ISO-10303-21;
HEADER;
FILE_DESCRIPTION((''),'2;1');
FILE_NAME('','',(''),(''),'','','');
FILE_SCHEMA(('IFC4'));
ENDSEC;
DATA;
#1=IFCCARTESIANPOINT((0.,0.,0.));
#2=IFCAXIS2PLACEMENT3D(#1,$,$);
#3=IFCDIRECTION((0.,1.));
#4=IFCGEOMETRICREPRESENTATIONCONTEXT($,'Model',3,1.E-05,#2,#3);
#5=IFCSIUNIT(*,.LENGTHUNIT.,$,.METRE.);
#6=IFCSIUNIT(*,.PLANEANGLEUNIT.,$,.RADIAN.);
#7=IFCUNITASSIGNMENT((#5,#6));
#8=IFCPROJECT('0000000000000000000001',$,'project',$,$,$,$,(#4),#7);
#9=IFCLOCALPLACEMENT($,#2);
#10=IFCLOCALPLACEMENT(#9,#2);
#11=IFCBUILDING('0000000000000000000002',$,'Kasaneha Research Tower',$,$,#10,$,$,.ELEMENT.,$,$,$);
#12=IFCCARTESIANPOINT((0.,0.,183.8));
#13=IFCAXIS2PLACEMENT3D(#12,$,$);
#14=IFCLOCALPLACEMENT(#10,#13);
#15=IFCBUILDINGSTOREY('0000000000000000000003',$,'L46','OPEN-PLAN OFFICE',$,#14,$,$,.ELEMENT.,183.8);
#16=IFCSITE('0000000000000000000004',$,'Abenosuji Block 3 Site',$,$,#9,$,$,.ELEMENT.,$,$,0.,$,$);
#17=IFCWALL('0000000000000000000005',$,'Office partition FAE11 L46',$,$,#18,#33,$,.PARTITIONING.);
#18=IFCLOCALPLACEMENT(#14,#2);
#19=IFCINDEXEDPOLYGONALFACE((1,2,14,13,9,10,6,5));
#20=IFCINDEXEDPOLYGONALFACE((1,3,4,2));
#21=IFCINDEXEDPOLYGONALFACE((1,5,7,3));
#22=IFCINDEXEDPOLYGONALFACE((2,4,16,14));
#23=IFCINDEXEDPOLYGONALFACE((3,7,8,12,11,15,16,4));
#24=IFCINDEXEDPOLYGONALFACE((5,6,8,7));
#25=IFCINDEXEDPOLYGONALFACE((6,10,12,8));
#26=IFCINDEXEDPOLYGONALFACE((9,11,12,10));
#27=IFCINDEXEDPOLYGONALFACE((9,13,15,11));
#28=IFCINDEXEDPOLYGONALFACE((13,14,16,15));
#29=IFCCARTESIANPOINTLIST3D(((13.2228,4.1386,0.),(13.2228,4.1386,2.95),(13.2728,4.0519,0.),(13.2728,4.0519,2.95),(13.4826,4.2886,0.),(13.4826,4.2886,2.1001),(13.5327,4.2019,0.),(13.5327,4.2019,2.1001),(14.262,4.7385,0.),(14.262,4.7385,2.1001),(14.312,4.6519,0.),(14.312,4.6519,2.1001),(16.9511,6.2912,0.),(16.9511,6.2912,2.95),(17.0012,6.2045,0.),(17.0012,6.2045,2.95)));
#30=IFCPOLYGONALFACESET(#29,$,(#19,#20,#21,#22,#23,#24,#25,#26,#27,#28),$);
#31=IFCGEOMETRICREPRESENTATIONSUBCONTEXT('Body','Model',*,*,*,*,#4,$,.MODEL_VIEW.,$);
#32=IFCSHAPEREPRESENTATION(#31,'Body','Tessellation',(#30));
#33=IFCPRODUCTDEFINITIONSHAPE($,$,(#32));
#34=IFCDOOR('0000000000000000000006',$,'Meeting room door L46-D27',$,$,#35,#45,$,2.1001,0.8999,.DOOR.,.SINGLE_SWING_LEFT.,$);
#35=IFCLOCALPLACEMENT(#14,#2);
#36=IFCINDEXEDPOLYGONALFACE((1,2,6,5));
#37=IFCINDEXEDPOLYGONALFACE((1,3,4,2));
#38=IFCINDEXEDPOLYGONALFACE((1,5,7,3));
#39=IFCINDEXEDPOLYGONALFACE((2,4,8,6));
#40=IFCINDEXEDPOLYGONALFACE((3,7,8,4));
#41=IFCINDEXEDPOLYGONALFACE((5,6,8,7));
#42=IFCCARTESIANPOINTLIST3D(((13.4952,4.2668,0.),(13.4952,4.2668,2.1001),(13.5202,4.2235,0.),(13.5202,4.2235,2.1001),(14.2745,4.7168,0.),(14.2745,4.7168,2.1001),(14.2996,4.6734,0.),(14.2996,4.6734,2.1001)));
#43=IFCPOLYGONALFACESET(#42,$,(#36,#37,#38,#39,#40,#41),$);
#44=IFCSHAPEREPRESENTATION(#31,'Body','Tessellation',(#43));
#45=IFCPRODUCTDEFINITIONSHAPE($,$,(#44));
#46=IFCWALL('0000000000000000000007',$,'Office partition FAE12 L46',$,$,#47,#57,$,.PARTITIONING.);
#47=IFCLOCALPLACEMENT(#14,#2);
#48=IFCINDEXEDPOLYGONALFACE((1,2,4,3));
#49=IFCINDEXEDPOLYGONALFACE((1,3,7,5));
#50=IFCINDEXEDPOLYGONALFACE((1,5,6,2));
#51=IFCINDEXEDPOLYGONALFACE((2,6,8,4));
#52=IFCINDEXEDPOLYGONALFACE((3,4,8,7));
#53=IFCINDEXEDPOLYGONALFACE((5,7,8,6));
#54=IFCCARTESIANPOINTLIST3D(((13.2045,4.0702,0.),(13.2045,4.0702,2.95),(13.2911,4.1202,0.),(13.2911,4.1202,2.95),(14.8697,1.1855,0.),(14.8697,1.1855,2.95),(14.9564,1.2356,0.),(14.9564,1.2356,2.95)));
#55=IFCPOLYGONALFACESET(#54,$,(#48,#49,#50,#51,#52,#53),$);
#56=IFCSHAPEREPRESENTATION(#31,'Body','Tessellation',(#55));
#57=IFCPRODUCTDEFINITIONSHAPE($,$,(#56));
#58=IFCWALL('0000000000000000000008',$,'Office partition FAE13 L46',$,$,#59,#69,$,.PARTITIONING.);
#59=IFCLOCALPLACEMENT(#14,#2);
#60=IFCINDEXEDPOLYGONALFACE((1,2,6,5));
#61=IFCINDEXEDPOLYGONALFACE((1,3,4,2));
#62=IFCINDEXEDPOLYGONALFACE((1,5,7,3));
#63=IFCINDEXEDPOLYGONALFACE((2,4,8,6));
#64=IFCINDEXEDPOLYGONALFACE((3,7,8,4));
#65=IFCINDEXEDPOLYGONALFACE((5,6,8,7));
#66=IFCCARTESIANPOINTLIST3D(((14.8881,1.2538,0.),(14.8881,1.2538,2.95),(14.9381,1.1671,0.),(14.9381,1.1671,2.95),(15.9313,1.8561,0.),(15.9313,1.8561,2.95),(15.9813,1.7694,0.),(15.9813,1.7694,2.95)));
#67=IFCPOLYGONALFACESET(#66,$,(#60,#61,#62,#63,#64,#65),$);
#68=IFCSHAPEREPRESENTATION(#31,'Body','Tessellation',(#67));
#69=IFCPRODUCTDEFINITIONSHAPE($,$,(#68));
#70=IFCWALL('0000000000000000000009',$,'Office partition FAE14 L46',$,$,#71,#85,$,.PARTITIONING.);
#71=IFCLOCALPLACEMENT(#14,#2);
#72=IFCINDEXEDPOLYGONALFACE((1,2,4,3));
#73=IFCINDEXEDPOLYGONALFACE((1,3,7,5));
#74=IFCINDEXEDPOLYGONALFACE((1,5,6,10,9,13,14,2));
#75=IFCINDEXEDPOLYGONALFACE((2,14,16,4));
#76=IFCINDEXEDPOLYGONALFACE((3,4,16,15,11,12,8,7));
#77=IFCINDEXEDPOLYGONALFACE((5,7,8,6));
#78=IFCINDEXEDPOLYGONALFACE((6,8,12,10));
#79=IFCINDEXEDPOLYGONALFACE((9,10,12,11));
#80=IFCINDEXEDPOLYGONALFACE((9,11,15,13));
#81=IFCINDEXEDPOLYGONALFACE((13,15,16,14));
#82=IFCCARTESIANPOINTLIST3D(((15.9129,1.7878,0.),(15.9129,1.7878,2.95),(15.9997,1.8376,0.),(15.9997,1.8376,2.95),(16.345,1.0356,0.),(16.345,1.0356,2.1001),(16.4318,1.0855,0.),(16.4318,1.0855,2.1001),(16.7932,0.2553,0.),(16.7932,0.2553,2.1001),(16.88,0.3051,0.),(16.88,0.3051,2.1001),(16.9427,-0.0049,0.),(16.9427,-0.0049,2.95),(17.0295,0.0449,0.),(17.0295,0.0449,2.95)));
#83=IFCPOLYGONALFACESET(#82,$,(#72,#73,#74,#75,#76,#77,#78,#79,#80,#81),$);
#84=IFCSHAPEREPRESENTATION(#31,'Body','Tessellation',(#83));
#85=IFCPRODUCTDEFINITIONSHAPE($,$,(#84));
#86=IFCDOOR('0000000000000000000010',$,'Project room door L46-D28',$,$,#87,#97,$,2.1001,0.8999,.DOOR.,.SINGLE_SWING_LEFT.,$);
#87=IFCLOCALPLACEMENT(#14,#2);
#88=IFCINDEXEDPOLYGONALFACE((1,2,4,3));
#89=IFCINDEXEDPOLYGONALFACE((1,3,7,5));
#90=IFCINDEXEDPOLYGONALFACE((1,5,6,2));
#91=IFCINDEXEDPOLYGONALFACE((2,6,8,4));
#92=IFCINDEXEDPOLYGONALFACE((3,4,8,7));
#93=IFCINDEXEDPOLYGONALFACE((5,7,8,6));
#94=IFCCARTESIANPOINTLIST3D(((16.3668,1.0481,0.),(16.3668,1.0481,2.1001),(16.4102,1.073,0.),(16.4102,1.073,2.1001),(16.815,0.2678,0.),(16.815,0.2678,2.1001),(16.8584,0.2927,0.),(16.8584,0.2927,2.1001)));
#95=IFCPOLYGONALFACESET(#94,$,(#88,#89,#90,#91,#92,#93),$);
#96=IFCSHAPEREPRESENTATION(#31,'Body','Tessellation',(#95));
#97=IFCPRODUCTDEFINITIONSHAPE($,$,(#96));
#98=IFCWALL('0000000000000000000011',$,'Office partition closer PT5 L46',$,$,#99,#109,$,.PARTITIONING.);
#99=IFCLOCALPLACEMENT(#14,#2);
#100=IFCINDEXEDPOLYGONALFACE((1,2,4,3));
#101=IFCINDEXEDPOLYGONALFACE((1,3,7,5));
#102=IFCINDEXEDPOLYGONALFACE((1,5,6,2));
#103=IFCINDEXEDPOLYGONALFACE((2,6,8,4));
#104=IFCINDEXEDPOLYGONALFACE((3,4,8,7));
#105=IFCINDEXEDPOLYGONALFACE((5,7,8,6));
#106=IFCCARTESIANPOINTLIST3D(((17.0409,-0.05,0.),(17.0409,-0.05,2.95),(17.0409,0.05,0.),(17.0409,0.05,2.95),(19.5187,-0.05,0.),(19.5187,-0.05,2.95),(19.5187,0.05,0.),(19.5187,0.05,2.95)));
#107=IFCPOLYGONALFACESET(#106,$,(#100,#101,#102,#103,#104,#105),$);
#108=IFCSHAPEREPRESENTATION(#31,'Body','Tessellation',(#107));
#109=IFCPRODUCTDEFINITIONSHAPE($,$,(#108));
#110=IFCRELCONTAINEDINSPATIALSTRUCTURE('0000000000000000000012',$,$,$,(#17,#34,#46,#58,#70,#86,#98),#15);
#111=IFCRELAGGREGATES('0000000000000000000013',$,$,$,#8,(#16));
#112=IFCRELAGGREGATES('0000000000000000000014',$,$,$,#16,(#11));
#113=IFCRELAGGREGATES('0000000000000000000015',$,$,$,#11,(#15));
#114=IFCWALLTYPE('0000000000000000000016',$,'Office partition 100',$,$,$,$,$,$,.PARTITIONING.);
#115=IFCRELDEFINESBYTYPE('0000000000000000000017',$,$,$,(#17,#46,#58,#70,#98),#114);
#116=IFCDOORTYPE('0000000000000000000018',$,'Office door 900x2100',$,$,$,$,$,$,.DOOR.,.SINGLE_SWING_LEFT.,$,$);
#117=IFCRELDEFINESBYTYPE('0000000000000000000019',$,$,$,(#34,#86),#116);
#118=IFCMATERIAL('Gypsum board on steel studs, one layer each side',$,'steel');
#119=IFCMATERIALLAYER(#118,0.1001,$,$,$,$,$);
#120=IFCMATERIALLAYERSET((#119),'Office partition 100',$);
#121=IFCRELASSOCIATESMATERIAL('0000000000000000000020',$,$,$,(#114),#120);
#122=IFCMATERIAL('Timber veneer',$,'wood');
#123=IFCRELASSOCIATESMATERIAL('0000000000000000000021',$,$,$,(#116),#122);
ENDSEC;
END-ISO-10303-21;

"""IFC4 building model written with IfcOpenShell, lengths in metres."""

from ifc_helpers import new_model, si_unit, direction, frame, frame_2d, origin, place, context, subcontext, project, spatial, rectangle, extrude, material, layer, layer_set, type_object, element, fill, save


model = new_model("IFC4")

# Units and contexts
model_context = context("Model", 3, precision=1e-05, world=origin(), true_north=direction((0.0, 1.0)))
body_context = subcontext(model_context, "Body", "Model", "MODEL_VIEW")
ifc_project = project(units=[si_unit("LENGTHUNIT", "METRE"), si_unit("PLANEANGLEUNIT", "RADIAN")], contexts=[model_context])

# Site, building, storey
site_placement = place(None, origin())
site = spatial("IfcSite", under=ifc_project, at=site_placement, Name="Abenosuji Block 3 Site", CompositionType="ELEMENT", RefElevation=0.0)
building_placement = place(site_placement, origin())
building = spatial("IfcBuilding", under=site, at=building_placement, Name="Kasaneha Research Tower", CompositionType="ELEMENT")
storey_placement = place(building_placement, frame((0.0, 0.0, 183.8)))
storey = spatial("IfcBuildingStorey", under=building, at=storey_placement, Name="L46", Description="OPEN-PLAN OFFICE", CompositionType="ELEMENT", Elevation=183.8)

# Shared definitions
ifc_material_1 = material(Name="Gypsum board on steel studs, one layer each side", Category="steel")
ifc_layer_1 = layer(ifc_material_1, 0.1001)
ifc_layer_set_1 = layer_set([ifc_layer_1], Name="Office partition 100")
wall_type_1 = type_object("IfcWallType", Name="Office partition 100", PredefinedType="PARTITIONING", material=ifc_layer_set_1)

# Wall, opening, door
wall_1_placement = place(storey_placement, frame((13.2478, 4.0952, 0.0), z_axis=(0.0, 0.0, 1.0), x_axis=(0.866018, 0.500012, 0.0)))
wall_1 = element("IfcWall", 1, at=wall_1_placement, inside=storey, type_object=wall_type_1, Name="Office partition FAE11 L46", PredefinedType="PARTITIONING", context=body_context, shape_type="SweptSolid", body=[
    extrude(rectangle(XDim=4.3052, YDim=0.1001, at=frame_2d((2.1526, 0.0))), origin(), (0.0, 0.0, 1.0), 2.95),
])
opening_1_placement = place(wall_1_placement, frame((0.3, 0.0, 0.0)))
opening_1 = element("IfcOpeningElement", 2, at=opening_1_placement, cuts=wall_1, PredefinedType="OPENING", context=body_context, shape_type="SweptSolid", body=[
    extrude(rectangle(XDim=0.8999, YDim=2.1001, at=frame_2d((0.45, 1.05))), frame((0.0, 0.0601, 0.0), z_axis=(0.0, -1.0, 0.0), x_axis=(1.0, 0.0, 0.0)), (0.0, 0.0, 1.0), 0.1201),
])
ifc_material_2 = material(Name="Timber veneer", Category="wood")
door_type_1 = type_object("IfcDoorType", Name="Office door 900x2100", OperationType="SINGLE_SWING_LEFT", PredefinedType="DOOR", material=ifc_material_2)
door_1_placement = place(opening_1_placement, origin())
door_1 = element("IfcDoor", 3, at=door_1_placement, inside=storey, type_object=door_type_1, Name="Meeting room door L46-D27", OperationType="SINGLE_SWING_LEFT", OverallHeight=2.1001, OverallWidth=0.8999, PredefinedType="DOOR", context=body_context, shape_type="SweptSolid", body=[
    extrude(rectangle(XDim=0.8999, YDim=2.1001, at=frame_2d((0.45, 1.05))), frame((0.0, 0.0249, 0.0), z_axis=(0.0, -1.0, 0.0), x_axis=(1.0, 0.0, 0.0)), (0.0, 0.0, 1.0), 0.05),
])
fill(opening_1, door_1)

# Walls
wall_2_placement = place(storey_placement, frame((14.9131, 1.2104, 0.0), z_axis=(0.0, 0.0, 1.0), x_axis=(-0.499947, 0.866056, 0.0)))
element("IfcWall", 4, at=wall_2_placement, inside=storey, type_object=wall_type_1, Name="Office partition FAE12 L46", PredefinedType="PARTITIONING", context=body_context, shape_type="SweptSolid", body=[
    extrude(rectangle(XDim=3.3308, YDim=0.1001, at=frame_2d((1.6655, 0.0))), origin(), (0.0, 0.0, 1.0), 2.95),
])
wall_3_placement = place(storey_placement, frame((15.9563, 1.8127, 0.0), z_axis=(0.0, 0.0, 1.0), x_axis=(-0.866027, -0.499997, 0.0)))
element("IfcWall", 5, at=wall_3_placement, inside=storey, type_object=wall_type_1, Name="Office partition FAE13 L46", PredefinedType="PARTITIONING", context=body_context, shape_type="SweptSolid", body=[
    extrude(rectangle(XDim=1.2046, YDim=0.1001, at=frame_2d((0.6023, 0.0))), origin(), (0.0, 0.0, 1.0), 2.95),
])

# Wall, opening, door
wall_4_placement = place(storey_placement, frame((16.9861, 0.02, 0.0), z_axis=(0.0, 0.0, 1.0), x_axis=(-0.498096, 0.867122, 0.0)))
wall_4 = element("IfcWall", 6, at=wall_4_placement, inside=storey, type_object=wall_type_1, Name="Office partition FAE14 L46", PredefinedType="PARTITIONING", context=body_context, shape_type="SweptSolid", body=[
    extrude(rectangle(XDim=2.0674, YDim=0.1001, at=frame_2d((1.0337, 0.0))), origin(), (0.0, 0.0, 1.0), 2.95),
])
opening_2_placement = place(wall_4_placement, frame((0.3, 0.0, 0.0)))
opening_2 = element("IfcOpeningElement", 7, at=opening_2_placement, cuts=wall_4, PredefinedType="OPENING", context=body_context, shape_type="SweptSolid", body=[
    extrude(rectangle(XDim=0.8999, YDim=2.1001, at=frame_2d((0.45, 1.05))), frame((0.0, 0.0601, 0.0), z_axis=(0.0, -1.0, 0.0), x_axis=(1.0, 0.0, 0.0)), (0.0, 0.0, 1.0), 0.1201),
])
door_2_placement = place(opening_2_placement, origin())
door_2 = element("IfcDoor", 8, at=door_2_placement, inside=storey, type_object=door_type_1, Name="Project room door L46-D28", OperationType="SINGLE_SWING_LEFT", OverallHeight=2.1001, OverallWidth=0.8999, PredefinedType="DOOR", context=body_context, shape_type="SweptSolid", body=[
    extrude(rectangle(XDim=0.8999, YDim=2.1001, at=frame_2d((0.45, 1.05))), frame((0.0, 0.0249, 0.0), z_axis=(0.0, -1.0, 0.0), x_axis=(1.0, 0.0, 0.0)), (0.0, 0.0, 1.0), 0.05),
])
fill(opening_2, door_2)

# Wall
wall_5_placement = place(storey_placement, frame((19.5186, 0.0, 0.0), z_axis=(0.0, 0.0, 1.0), x_axis=(-1.0, 0.0, 0.0)))
element("IfcWall", 9, at=wall_5_placement, inside=storey, type_object=wall_type_1, Name="Office partition closer PT5 L46", PredefinedType="PARTITIONING", context=body_context, shape_type="SweptSolid", body=[
    extrude(rectangle(XDim=2.4778, YDim=0.1001, at=frame_2d((1.2388, 0.0))), origin(), (0.0, 0.0, 1.0), 2.95),
])

save(model, "model.ifc")
